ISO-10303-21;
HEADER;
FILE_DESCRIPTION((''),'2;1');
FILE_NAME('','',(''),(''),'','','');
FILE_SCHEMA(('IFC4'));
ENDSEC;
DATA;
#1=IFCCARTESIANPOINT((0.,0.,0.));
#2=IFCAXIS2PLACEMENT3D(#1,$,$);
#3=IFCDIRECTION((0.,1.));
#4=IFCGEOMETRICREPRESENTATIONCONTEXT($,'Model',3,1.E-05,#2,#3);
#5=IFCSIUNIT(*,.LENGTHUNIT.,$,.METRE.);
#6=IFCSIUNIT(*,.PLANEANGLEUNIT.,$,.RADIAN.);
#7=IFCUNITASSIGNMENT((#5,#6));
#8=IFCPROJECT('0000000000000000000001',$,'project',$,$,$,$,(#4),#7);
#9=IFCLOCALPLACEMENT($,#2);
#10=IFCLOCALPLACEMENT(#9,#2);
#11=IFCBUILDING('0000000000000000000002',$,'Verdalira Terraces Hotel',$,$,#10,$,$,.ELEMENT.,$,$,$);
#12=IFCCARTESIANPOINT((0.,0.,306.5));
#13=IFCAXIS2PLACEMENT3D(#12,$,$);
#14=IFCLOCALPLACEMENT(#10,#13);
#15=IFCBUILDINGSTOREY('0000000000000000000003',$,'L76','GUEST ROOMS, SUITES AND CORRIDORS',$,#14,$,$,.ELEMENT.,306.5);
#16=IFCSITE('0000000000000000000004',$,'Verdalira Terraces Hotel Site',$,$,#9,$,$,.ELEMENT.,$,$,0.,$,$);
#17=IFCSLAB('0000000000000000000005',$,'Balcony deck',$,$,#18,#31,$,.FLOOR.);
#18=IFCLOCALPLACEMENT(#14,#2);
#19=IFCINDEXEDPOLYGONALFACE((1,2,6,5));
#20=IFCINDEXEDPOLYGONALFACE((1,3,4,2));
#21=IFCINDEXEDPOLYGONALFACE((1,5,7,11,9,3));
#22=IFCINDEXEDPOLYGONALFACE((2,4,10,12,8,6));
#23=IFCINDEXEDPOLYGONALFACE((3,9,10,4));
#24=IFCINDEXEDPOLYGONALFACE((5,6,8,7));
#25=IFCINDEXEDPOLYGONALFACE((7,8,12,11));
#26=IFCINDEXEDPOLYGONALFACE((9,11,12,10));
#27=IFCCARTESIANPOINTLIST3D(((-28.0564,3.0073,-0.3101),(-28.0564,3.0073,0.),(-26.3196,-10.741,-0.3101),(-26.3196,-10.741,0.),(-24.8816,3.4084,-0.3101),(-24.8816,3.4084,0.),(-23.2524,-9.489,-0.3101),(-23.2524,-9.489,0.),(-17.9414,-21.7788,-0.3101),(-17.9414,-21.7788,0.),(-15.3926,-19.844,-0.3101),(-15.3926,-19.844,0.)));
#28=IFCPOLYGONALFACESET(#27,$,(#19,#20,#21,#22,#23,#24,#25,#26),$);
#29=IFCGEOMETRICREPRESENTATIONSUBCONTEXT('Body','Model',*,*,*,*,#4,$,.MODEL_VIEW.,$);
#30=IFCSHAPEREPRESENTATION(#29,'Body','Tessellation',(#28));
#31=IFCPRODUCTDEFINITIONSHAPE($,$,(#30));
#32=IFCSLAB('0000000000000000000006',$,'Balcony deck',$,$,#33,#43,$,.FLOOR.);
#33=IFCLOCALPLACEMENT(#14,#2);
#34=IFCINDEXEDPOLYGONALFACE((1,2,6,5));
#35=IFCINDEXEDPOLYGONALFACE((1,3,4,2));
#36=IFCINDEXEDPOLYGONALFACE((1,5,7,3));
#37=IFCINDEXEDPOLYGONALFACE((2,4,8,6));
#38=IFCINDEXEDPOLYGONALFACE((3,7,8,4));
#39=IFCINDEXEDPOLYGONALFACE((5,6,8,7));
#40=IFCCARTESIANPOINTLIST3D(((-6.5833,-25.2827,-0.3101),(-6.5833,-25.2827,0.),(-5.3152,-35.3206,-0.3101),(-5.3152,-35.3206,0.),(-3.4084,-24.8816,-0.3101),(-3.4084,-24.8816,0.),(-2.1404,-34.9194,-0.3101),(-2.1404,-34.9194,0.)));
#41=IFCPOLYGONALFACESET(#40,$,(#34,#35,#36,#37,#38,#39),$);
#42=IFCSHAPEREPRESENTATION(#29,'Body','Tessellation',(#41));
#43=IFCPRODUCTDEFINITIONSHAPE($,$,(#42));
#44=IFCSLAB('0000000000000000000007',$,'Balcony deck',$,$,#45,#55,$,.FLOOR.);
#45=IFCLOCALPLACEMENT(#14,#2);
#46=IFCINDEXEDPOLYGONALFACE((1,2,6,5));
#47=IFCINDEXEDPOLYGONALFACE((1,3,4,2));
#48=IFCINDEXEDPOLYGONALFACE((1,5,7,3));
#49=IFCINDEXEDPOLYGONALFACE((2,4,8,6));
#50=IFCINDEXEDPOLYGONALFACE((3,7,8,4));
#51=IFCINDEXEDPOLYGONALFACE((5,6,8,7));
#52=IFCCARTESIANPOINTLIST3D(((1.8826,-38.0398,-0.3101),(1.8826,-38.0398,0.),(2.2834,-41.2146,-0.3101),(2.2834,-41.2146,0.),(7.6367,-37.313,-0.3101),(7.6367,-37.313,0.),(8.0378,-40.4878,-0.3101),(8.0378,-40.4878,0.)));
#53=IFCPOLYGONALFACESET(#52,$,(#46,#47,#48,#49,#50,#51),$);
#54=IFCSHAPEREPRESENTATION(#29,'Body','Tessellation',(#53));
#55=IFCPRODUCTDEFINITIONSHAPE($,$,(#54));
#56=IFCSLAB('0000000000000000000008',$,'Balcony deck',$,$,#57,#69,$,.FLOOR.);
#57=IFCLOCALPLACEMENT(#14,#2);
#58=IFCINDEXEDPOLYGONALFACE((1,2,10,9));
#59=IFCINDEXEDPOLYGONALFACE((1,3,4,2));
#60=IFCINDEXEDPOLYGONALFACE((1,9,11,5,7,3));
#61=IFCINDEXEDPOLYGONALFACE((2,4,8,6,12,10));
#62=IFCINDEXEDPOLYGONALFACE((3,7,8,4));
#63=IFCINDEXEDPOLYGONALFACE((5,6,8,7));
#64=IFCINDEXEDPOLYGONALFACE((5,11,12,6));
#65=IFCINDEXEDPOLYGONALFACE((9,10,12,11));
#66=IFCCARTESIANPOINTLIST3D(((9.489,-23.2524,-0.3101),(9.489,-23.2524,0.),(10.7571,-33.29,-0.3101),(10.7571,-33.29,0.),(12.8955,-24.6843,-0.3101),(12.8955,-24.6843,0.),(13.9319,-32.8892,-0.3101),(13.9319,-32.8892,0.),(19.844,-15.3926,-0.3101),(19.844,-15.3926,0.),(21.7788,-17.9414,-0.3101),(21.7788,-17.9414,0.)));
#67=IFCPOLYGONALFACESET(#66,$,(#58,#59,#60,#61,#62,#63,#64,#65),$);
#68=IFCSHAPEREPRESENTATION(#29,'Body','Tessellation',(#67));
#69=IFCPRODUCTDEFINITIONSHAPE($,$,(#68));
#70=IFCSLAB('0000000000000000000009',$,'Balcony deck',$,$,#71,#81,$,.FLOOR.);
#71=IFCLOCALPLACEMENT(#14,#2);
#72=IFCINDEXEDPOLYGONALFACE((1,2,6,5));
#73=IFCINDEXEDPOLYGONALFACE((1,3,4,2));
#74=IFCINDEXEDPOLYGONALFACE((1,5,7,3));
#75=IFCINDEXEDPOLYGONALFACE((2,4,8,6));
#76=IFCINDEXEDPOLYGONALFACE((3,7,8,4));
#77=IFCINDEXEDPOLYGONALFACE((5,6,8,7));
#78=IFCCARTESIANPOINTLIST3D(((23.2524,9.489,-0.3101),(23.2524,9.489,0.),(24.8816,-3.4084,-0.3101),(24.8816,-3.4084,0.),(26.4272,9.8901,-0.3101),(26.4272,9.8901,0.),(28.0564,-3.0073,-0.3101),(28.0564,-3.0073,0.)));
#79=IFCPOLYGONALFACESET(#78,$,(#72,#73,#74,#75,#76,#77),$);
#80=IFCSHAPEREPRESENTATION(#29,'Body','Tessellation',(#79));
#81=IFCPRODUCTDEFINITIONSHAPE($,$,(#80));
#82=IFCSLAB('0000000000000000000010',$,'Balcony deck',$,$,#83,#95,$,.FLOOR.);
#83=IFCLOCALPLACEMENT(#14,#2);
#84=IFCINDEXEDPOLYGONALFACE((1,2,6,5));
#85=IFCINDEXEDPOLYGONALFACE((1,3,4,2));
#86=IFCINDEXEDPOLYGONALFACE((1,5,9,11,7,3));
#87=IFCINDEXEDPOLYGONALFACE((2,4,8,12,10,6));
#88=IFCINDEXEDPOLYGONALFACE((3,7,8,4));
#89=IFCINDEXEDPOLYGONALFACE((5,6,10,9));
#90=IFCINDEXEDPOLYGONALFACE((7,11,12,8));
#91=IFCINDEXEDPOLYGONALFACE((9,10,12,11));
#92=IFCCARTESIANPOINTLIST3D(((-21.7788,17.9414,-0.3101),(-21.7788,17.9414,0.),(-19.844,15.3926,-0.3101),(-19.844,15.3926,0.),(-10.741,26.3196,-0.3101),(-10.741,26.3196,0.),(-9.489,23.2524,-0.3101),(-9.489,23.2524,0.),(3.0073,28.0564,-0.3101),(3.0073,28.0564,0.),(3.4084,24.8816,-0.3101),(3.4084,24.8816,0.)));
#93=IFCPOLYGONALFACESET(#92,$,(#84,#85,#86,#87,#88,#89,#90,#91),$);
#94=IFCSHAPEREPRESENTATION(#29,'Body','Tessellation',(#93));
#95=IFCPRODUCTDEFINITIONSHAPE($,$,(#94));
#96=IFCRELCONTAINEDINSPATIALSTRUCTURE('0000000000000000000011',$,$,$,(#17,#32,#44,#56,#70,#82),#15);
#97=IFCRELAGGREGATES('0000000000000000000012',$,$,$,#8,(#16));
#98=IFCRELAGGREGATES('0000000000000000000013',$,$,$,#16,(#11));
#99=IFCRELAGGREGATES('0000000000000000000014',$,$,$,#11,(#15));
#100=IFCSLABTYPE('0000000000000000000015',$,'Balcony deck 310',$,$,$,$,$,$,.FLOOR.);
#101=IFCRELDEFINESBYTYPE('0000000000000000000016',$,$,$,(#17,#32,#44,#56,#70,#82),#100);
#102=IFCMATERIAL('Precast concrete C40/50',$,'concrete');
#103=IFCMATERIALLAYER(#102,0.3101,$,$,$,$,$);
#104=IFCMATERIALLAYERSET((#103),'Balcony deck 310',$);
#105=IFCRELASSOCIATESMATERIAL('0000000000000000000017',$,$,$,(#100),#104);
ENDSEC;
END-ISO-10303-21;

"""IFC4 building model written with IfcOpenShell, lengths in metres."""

from ifc_helpers import new_model, si_unit, direction, frame, origin, place, context, subcontext, project, spatial, polyline, outline, extrude, material, layer, layer_set, type_object, element, save


model = new_model("IFC4")

# Units and contexts
model_context = context("Model", 3, precision=1e-05, world=origin(), true_north=direction((0.0, 1.0)))
body_context = subcontext(model_context, "Body", "Model", "MODEL_VIEW")
ifc_project = project(units=[si_unit("LENGTHUNIT", "METRE"), si_unit("PLANEANGLEUNIT", "RADIAN")], contexts=[model_context])

# Site, building, storey
site_placement = place(None, origin())
site = spatial("IfcSite", under=ifc_project, at=site_placement, Name="Verdalira Terraces Hotel Site", CompositionType="ELEMENT", RefElevation=0.0)
building_placement = place(site_placement, origin())
building = spatial("IfcBuilding", under=site, at=building_placement, Name="Verdalira Terraces Hotel", CompositionType="ELEMENT")
storey_placement = place(building_placement, frame((0.0, 0.0, 306.5)))
storey = spatial("IfcBuildingStorey", under=building, at=storey_placement, Name="L76", Description="GUEST ROOMS, SUITES AND CORRIDORS", CompositionType="ELEMENT", Elevation=306.5)

# Slabs
ifc_material_1 = material(Name="Precast concrete C40/50", Category="concrete")
ifc_layer_1 = layer(ifc_material_1, 0.3101)
ifc_layer_set_1 = layer_set([ifc_layer_1], Name="Balcony deck 310")
slab_type_1 = type_object("IfcSlabType", Name="Balcony deck 310", PredefinedType="FLOOR", material=ifc_layer_set_1)
slab_1_placement = place(storey_placement, frame((0.0, 0.0, -0.3101)))
element("IfcSlab", 1, at=slab_1_placement, inside=storey, type_object=slab_type_1, Name="Balcony deck", PredefinedType="FLOOR", context=body_context, shape_type="SweptSolid", body=[
    extrude(outline(polyline([(-26.3196, -10.741), (-17.9414, -21.7788), (-15.3926, -19.844), (-23.2524, -9.489), (-24.8816, 3.4084), (-28.0564, 3.0073), (-26.3196, -10.741)])), origin(), (0.0, 0.0, 1.0), 0.3101),
])
slab_2_placement = place(storey_placement, frame((0.0, 0.0, -0.3101)))
element("IfcSlab", 2, at=slab_2_placement, inside=storey, type_object=slab_type_1, Name="Balcony deck", PredefinedType="FLOOR", context=body_context, shape_type="SweptSolid", body=[
    extrude(outline(polyline([(-5.3152, -35.3206), (-2.1404, -34.9194), (-3.4084, -24.8816), (-6.5833, -25.2827), (-5.3152, -35.3206)])), origin(), (0.0, 0.0, 1.0), 0.3101),
])
slab_3_placement = place(storey_placement, frame((0.0, 0.0, -0.3101)))
element("IfcSlab", 3, at=slab_3_placement, inside=storey, type_object=slab_type_1, Name="Balcony deck", PredefinedType="FLOOR", context=body_context, shape_type="SweptSolid", body=[
    extrude(outline(polyline([(8.0378, -40.4878), (7.6367, -37.313), (1.8826, -38.0398), (2.2834, -41.2146), (8.0378, -40.4878)])), origin(), (0.0, 0.0, 1.0), 0.3101),
])
slab_4_placement = place(storey_placement, frame((0.0, 0.0, -0.3101)))
element("IfcSlab", 4, at=slab_4_placement, inside=storey, type_object=slab_type_1, Name="Balcony deck", PredefinedType="FLOOR", context=body_context, shape_type="SweptSolid", body=[
    extrude(outline(polyline([(21.7788, -17.9414), (19.844, -15.3926), (9.489, -23.2524), (10.7571, -33.29), (13.9319, -32.8892), (12.8955, -24.6843), (21.7788, -17.9414)])), origin(), (0.0, 0.0, 1.0), 0.3101),
])
slab_5_placement = place(storey_placement, frame((0.0, 0.0, -0.3101)))
element("IfcSlab", 5, at=slab_5_placement, inside=storey, type_object=slab_type_1, Name="Balcony deck", PredefinedType="FLOOR", context=body_context, shape_type="SweptSolid", body=[
    extrude(outline(polyline([(26.4272, 9.8901), (23.2524, 9.489), (24.8816, -3.4084), (28.0564, -3.0073), (26.4272, 9.8901)])), origin(), (0.0, 0.0, 1.0), 0.3101),
])
slab_6_placement = place(storey_placement, frame((0.0, 0.0, -0.3101)))
element("IfcSlab", 6, at=slab_6_placement, inside=storey, type_object=slab_type_1, Name="Balcony deck", PredefinedType="FLOOR", context=body_context, shape_type="SweptSolid", body=[
    extrude(outline(polyline([(-10.741, 26.3196), (-21.7788, 17.9414), (-19.844, 15.3926), (-9.489, 23.2524), (3.4084, 24.8816), (3.0073, 28.0564), (-10.741, 26.3196)])), origin(), (0.0, 0.0, 1.0), 0.3101),
])

save(model, "model.ifc")
